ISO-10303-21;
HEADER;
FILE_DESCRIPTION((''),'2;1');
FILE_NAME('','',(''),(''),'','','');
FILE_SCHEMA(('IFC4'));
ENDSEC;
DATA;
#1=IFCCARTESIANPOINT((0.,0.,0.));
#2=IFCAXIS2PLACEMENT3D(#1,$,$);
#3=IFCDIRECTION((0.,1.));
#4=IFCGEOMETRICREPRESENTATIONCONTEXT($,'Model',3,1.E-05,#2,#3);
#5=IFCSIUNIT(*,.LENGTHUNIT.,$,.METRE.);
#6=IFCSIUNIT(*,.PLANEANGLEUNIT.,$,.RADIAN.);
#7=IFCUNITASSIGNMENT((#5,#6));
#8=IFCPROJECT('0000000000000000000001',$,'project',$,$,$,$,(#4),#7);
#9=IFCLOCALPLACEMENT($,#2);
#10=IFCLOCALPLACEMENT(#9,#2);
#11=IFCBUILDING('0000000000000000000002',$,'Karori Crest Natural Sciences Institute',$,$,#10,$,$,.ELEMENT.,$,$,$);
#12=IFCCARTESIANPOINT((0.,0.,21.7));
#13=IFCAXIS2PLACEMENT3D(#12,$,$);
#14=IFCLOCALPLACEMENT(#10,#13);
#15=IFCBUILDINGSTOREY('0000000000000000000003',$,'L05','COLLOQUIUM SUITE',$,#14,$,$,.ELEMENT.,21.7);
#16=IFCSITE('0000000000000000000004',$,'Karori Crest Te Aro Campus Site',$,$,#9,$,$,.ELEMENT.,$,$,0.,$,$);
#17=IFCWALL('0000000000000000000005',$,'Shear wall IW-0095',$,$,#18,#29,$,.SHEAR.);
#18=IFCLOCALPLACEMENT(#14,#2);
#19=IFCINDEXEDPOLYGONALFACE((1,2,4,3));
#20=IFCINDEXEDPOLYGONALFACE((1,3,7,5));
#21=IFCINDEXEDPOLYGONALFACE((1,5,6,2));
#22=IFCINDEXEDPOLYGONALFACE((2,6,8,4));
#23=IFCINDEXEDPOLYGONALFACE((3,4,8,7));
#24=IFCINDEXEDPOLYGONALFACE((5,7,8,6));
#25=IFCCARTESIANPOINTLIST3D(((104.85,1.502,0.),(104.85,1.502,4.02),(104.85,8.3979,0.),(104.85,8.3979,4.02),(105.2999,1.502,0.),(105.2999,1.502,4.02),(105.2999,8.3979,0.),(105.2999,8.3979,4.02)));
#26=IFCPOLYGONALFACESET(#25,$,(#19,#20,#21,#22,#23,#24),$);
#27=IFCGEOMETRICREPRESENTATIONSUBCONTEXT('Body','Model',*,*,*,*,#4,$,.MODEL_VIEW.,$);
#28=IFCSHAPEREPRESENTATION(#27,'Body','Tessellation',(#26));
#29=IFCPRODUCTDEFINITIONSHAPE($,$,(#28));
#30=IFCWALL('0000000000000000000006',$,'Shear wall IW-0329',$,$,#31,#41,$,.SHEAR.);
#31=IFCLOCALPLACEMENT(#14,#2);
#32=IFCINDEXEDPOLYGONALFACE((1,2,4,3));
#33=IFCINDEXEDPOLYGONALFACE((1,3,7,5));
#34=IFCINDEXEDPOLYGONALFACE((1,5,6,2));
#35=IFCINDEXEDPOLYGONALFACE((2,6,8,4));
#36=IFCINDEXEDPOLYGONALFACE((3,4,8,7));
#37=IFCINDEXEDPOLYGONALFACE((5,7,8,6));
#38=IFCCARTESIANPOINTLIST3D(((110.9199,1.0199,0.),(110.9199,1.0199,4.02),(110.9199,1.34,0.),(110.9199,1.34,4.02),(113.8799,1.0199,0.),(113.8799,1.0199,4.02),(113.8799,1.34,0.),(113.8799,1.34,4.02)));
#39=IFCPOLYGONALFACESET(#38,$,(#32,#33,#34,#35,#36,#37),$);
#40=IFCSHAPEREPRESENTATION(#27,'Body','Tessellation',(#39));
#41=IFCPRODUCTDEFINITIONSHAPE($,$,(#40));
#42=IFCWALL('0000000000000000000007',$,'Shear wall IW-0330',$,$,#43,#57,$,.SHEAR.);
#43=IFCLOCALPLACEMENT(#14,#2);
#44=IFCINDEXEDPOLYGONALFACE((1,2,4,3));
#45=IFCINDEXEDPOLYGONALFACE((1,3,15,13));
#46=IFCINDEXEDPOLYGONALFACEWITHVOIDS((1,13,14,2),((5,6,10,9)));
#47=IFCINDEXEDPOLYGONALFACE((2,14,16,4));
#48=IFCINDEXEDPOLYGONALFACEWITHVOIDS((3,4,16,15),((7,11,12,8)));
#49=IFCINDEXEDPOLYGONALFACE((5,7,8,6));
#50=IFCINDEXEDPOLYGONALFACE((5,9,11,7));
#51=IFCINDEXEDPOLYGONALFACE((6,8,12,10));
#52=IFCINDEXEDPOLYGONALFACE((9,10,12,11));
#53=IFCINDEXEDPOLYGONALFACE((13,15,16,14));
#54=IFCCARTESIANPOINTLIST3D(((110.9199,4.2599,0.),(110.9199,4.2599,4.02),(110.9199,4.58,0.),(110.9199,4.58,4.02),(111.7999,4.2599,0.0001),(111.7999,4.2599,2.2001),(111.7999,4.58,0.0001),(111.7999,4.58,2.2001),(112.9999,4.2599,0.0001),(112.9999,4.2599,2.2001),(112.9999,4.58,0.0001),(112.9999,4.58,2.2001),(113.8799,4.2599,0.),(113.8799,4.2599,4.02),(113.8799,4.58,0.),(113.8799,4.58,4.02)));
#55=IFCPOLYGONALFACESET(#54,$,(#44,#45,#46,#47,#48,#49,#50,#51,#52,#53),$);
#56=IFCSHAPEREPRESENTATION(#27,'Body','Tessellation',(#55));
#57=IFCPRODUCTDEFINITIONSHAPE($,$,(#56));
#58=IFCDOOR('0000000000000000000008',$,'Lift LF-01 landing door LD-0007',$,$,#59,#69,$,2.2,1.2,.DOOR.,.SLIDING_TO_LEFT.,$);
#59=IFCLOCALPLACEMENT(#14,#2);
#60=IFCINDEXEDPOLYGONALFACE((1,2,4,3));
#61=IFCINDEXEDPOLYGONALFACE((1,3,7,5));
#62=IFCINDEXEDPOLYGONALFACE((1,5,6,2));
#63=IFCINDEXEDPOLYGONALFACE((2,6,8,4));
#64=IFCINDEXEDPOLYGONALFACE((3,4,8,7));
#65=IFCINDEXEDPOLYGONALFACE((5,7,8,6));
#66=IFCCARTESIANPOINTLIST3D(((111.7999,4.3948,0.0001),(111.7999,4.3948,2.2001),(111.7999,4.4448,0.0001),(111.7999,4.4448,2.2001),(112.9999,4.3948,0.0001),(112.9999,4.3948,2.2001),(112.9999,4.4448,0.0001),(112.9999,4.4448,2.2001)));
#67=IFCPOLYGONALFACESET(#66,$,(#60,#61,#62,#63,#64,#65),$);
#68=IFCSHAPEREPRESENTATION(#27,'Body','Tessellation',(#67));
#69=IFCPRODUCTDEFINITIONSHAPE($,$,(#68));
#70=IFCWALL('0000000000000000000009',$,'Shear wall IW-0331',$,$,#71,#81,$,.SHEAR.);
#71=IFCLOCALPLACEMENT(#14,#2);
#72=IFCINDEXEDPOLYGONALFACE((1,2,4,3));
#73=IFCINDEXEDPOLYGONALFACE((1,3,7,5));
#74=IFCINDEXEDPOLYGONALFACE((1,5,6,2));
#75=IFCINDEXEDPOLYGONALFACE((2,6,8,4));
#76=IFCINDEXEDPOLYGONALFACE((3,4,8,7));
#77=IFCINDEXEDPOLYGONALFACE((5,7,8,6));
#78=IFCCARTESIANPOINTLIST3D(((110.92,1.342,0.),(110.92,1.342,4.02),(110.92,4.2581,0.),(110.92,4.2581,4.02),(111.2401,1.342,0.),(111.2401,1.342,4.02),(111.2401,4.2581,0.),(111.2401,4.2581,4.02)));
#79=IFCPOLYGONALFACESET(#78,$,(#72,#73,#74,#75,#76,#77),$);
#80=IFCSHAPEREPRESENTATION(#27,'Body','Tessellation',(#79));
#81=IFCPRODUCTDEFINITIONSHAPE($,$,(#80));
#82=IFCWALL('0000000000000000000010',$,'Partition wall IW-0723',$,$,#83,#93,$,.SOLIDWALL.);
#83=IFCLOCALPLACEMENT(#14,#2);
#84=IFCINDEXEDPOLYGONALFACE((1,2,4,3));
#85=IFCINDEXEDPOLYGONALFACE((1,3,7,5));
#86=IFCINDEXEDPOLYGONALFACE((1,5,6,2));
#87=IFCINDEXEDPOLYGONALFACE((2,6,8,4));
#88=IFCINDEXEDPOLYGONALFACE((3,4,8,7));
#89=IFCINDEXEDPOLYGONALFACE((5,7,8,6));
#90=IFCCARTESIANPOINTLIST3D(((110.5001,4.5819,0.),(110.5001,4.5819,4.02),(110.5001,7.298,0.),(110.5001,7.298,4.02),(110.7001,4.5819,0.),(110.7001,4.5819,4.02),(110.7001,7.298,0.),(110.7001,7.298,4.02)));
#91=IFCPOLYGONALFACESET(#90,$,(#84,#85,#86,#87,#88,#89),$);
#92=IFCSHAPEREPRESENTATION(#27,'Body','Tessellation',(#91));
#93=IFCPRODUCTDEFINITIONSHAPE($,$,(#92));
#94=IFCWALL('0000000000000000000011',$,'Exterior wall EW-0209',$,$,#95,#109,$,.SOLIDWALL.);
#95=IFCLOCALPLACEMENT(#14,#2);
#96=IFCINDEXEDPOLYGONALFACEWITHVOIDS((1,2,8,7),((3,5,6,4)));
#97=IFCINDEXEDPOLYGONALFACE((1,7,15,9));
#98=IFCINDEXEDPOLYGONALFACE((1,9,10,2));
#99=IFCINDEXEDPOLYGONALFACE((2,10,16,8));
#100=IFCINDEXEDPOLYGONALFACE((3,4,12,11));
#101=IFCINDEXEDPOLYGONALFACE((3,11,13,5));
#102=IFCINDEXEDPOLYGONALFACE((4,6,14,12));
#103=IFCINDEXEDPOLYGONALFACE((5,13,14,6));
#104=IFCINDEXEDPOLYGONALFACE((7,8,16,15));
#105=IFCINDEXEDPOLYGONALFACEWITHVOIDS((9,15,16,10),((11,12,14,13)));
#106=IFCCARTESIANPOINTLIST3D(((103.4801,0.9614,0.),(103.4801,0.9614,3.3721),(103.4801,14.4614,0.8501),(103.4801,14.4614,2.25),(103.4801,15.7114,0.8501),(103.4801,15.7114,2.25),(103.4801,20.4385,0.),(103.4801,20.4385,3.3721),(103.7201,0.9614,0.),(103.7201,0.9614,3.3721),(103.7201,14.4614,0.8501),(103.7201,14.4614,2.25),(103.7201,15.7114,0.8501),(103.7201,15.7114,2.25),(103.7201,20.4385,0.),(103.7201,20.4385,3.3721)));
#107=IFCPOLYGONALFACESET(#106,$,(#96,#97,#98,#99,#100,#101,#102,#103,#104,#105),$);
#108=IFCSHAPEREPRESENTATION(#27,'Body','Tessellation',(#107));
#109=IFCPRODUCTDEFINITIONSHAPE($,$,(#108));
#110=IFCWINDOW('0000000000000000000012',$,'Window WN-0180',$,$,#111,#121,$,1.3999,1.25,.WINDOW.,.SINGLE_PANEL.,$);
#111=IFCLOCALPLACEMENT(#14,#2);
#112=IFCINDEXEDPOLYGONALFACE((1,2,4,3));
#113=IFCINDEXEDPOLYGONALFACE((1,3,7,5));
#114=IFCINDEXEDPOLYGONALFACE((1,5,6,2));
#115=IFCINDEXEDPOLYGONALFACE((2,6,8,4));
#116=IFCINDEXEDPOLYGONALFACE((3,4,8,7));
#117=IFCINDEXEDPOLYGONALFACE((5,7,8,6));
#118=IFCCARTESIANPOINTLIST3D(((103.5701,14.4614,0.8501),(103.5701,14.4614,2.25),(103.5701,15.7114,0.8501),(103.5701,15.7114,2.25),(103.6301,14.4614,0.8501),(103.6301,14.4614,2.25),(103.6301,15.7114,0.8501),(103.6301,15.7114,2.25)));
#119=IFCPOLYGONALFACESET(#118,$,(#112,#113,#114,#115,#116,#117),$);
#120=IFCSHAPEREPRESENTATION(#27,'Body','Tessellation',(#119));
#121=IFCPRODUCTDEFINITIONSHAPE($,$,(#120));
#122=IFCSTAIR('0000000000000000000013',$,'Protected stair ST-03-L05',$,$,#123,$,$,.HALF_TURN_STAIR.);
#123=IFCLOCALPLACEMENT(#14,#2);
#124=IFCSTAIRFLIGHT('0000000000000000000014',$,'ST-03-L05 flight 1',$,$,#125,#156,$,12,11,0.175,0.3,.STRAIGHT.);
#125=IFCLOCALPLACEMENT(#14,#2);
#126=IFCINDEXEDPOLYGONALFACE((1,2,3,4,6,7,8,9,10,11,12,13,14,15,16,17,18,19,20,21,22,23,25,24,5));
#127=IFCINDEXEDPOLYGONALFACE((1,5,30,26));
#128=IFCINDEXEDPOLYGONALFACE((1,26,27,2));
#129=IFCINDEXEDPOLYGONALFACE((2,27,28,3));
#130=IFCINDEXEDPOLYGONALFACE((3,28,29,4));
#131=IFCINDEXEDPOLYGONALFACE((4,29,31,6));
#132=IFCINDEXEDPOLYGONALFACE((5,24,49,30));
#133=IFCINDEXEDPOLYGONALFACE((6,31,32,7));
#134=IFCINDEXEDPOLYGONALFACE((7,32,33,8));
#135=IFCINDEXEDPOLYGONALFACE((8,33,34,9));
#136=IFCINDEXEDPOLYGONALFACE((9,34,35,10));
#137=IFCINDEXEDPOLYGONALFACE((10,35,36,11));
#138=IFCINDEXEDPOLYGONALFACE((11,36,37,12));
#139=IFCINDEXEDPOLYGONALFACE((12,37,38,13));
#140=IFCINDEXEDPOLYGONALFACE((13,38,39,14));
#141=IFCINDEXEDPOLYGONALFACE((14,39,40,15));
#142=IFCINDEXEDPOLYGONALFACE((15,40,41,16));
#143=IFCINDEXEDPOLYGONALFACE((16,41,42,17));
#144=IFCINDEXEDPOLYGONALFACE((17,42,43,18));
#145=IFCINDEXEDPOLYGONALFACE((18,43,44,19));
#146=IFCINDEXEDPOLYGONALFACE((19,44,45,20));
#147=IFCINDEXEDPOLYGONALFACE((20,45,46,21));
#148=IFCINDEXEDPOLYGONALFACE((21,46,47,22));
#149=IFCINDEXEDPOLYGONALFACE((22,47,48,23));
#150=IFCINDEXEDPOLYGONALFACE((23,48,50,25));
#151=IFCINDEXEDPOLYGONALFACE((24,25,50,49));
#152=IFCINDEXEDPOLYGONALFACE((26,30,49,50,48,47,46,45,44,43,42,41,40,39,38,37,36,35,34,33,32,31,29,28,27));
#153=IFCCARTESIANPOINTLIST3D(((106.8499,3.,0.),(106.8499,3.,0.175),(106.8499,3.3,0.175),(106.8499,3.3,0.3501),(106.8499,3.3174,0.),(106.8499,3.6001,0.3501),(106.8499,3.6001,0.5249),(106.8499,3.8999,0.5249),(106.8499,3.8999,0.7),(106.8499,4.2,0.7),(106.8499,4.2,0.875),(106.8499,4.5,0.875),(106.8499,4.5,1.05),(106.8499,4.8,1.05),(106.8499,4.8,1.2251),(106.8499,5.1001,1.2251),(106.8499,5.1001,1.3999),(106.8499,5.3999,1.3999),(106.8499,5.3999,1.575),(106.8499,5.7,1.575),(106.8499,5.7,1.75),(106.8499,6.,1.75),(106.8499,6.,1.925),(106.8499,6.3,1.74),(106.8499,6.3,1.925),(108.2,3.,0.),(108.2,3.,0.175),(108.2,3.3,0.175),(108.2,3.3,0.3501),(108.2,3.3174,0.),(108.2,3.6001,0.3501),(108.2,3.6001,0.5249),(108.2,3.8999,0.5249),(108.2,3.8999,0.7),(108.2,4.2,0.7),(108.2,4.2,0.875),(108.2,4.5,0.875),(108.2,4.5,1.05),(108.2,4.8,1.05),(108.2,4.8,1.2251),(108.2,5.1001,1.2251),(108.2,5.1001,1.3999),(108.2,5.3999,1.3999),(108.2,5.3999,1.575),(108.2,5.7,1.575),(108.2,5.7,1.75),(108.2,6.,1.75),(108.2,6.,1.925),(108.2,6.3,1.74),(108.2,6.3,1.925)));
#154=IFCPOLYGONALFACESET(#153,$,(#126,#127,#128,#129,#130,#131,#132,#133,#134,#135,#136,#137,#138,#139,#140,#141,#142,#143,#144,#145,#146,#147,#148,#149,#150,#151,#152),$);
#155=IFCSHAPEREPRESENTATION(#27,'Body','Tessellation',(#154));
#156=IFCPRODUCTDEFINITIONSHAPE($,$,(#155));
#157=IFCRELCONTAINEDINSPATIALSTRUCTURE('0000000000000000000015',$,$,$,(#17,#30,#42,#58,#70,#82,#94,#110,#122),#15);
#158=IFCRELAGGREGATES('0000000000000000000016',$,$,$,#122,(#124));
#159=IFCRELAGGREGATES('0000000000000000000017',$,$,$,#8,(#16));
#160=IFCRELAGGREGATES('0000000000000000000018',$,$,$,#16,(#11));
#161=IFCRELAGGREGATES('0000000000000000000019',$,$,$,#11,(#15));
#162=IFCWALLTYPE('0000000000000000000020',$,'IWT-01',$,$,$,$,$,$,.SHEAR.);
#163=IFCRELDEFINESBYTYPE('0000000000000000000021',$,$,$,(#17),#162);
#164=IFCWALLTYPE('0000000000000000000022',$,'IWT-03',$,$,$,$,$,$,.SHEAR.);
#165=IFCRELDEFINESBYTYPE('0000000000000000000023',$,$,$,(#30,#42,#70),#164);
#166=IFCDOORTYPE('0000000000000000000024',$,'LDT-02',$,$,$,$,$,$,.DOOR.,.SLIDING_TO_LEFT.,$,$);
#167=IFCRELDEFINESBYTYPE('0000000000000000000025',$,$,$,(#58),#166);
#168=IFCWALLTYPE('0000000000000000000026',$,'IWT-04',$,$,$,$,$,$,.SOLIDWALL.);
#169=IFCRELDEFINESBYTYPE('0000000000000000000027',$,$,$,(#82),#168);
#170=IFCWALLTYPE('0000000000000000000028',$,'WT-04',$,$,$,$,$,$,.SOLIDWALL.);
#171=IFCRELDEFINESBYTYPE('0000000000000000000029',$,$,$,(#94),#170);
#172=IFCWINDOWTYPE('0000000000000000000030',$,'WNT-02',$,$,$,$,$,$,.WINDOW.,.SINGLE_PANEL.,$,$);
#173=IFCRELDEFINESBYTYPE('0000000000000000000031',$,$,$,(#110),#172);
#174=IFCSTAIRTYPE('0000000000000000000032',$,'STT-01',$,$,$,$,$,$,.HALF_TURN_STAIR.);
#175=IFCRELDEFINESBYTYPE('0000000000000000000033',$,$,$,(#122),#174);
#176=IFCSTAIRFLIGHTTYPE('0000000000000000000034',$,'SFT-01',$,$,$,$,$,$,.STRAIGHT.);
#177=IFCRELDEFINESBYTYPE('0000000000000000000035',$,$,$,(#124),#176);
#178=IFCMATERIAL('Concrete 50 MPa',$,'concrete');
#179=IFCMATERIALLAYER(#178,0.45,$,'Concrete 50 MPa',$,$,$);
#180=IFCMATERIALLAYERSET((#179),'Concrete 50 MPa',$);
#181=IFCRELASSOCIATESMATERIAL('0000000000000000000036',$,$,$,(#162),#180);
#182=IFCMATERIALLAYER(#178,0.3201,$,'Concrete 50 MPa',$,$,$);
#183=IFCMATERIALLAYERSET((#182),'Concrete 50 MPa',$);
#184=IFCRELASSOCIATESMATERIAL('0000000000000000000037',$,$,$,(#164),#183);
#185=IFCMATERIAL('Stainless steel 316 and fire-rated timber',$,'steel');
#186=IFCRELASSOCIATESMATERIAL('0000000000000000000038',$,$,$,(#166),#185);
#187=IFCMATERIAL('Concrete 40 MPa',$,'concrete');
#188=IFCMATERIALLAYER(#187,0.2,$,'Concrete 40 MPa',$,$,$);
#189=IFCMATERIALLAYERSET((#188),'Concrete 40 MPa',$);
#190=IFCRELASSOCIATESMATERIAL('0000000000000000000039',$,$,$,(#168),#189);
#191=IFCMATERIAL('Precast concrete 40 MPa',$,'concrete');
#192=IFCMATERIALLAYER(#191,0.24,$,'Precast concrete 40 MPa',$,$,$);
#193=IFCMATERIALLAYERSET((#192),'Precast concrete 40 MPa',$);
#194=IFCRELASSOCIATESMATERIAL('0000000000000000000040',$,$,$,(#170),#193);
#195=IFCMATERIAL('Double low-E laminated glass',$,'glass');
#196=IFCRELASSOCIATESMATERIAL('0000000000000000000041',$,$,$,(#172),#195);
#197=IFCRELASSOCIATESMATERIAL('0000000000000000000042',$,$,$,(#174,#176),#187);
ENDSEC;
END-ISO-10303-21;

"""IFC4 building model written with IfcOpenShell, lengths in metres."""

from ifc_helpers import new_model, si_unit, direction, frame, frame_2d, origin, place, context, subcontext, project, spatial, polyline, rectangle, outline, extrude, material, layer, layer_set, type_object, element, fill, aggregate, save


model = new_model("IFC4")

# Units and contexts
model_context = context("Model", 3, precision=1e-05, world=origin(), true_north=direction((0.0, 1.0)))
body_context = subcontext(model_context, "Body", "Model", "MODEL_VIEW")
ifc_project = project(units=[si_unit("LENGTHUNIT", "METRE"), si_unit("PLANEANGLEUNIT", "RADIAN")], contexts=[model_context])

# Site, building, storey
site_placement = place(None, origin())
site = spatial("IfcSite", under=ifc_project, at=site_placement, Name="Karori Crest Te Aro Campus Site", CompositionType="ELEMENT", RefElevation=0.0)
building_placement = place(site_placement, origin())
building = spatial("IfcBuilding", under=site, at=building_placement, Name="Karori Crest Natural Sciences Institute", CompositionType="ELEMENT")
storey_placement = place(building_placement, frame((0.0, 0.0, 21.7)))
storey = spatial("IfcBuildingStorey", under=building, at=storey_placement, Name="L05", Description="COLLOQUIUM SUITE", CompositionType="ELEMENT", Elevation=21.7)

# Wall
ifc_material_1 = material(Name="Concrete 50 MPa", Category="concrete")
ifc_layer_1 = layer(ifc_material_1, 0.45, Name="Concrete 50 MPa")
ifc_layer_set_1 = layer_set([ifc_layer_1], Name="Concrete 50 MPa")
wall_type_1 = type_object("IfcWallType", Name="IWT-01", PredefinedType="SHEAR", material=ifc_layer_set_1)
wall_1_placement = place(storey_placement, frame((105.075, 1.502, 0.0), z_axis=(0.0, 0.0, 1.0), x_axis=(0.0, 1.0, 0.0)))
element("IfcWall", 1, at=wall_1_placement, inside=storey, type_object=wall_type_1, Name="Shear wall IW-0095", PredefinedType="SHEAR", context=body_context, shape_type="SweptSolid", body=[
    extrude(rectangle(XDim=6.896, YDim=0.45, at=frame_2d((3.448, 0.0))), origin(), (0.0, 0.0, 1.0), 4.02),
])

# Shared definitions
ifc_material_2 = material(Name="Stainless steel 316 and fire-rated timber", Category="steel")

# Wall
ifc_layer_2 = layer(ifc_material_1, 0.3201, Name="Concrete 50 MPa")
ifc_layer_set_2 = layer_set([ifc_layer_2], Name="Concrete 50 MPa")
wall_type_2 = type_object("IfcWallType", Name="IWT-03", PredefinedType="SHEAR", material=ifc_layer_set_2)
wall_2_placement = place(storey_placement, frame((110.9199, 1.1799, 0.0), z_axis=(0.0, 0.0, 1.0), x_axis=(1.0, 0.0, 0.0)))
element("IfcWall", 2, at=wall_2_placement, inside=storey, type_object=wall_type_2, Name="Shear wall IW-0329", PredefinedType="SHEAR", context=body_context, shape_type="SweptSolid", body=[
    extrude(rectangle(XDim=2.96, YDim=0.3201, at=frame_2d((1.48, 0.0))), origin(), (0.0, 0.0, 1.0), 4.02),
])

# Wall, opening, door
wall_3_placement = place(storey_placement, frame((110.9199, 4.4199, 0.0), z_axis=(0.0, 0.0, 1.0), x_axis=(1.0, 0.0, 0.0)))
wall_3 = element("IfcWall", 3, at=wall_3_placement, inside=storey, type_object=wall_type_2, Name="Shear wall IW-0330", PredefinedType="SHEAR", context=body_context, shape_type="SweptSolid", body=[
    extrude(rectangle(XDim=2.96, YDim=0.3201, at=frame_2d((1.48, 0.0))), origin(), (0.0, 0.0, 1.0), 4.02),
])
opening_1_placement = place(wall_3_placement, frame((0.8799, 0.0, 0.0)))
opening_1 = element("IfcOpeningElement", 4, at=opening_1_placement, cuts=wall_3, PredefinedType="OPENING", context=body_context, shape_type="SweptSolid", body=[
    extrude(rectangle(XDim=1.2, YDim=2.2, at=frame_2d((0.6001, 1.1001))), frame((0.0, 0.1699, 0.0), z_axis=(0.0, -1.0, 0.0), x_axis=(1.0, 0.0, 0.0)), (0.0, 0.0, 1.0), 0.3401),
])
door_type_1 = type_object("IfcDoorType", Name="LDT-02", OperationType="SLIDING_TO_LEFT", PredefinedType="DOOR", material=ifc_material_2)
door_1_placement = place(opening_1_placement, origin())
door_1 = element("IfcDoor", 5, at=door_1_placement, inside=storey, type_object=door_type_1, Name="Lift LF-01 landing door LD-0007", OperationType="SLIDING_TO_LEFT", OverallHeight=2.2, OverallWidth=1.2, PredefinedType="DOOR", context=body_context, shape_type="SweptSolid", body=[
    extrude(rectangle(XDim=1.2, YDim=2.2, at=frame_2d((0.6001, 1.1001))), frame((0.0, 0.0249, 0.0), z_axis=(0.0, -1.0, 0.0), x_axis=(1.0, 0.0, 0.0)), (0.0, 0.0, 1.0), 0.05),
])
fill(opening_1, door_1)

# Wall
wall_4_placement = place(storey_placement, frame((111.0801, 1.342, 0.0), z_axis=(0.0, 0.0, 1.0), x_axis=(0.0, 1.0, 0.0)))
element("IfcWall", 6, at=wall_4_placement, inside=storey, type_object=wall_type_2, Name="Shear wall IW-0331", PredefinedType="SHEAR", context=body_context, shape_type="SweptSolid", body=[
    extrude(rectangle(XDim=2.916, YDim=0.3201, at=frame_2d((1.458, 0.0))), origin(), (0.0, 0.0, 1.0), 4.02),
])

# Shared definitions
ifc_material_3 = material(Name="Concrete 40 MPa", Category="concrete")
ifc_layer_3 = layer(ifc_material_3, 0.2, Name="Concrete 40 MPa")
ifc_layer_set_3 = layer_set([ifc_layer_3], Name="Concrete 40 MPa")
wall_type_3 = type_object("IfcWallType", Name="IWT-04", PredefinedType="SOLIDWALL", material=ifc_layer_set_3)

# Wall
wall_5_placement = place(storey_placement, frame((110.6001, 4.582, 0.0), z_axis=(0.0, 0.0, 1.0), x_axis=(0.0, 1.0, 0.0)))
element("IfcWall", 7, at=wall_5_placement, inside=storey, type_object=wall_type_3, Name="Partition wall IW-0723", PredefinedType="SOLIDWALL", context=body_context, shape_type="SweptSolid", body=[
    extrude(rectangle(XDim=2.7161, YDim=0.2, at=frame_2d((1.3579, 0.0))), origin(), (0.0, 0.0, 1.0), 4.02),
])

# Wall, opening, window
ifc_material_4 = material(Name="Precast concrete 40 MPa", Category="concrete")
ifc_layer_4 = layer(ifc_material_4, 0.24, Name="Precast concrete 40 MPa")
ifc_layer_set_4 = layer_set([ifc_layer_4], Name="Precast concrete 40 MPa")
wall_type_4 = type_object("IfcWallType", Name="WT-04", PredefinedType="SOLIDWALL", material=ifc_layer_set_4)
wall_6_placement = place(storey_placement, frame((103.6001, 0.9614, 0.0), z_axis=(0.0, 0.0, 1.0), x_axis=(0.0, 1.0, 0.0)))
wall_6 = element("IfcWall", 8, at=wall_6_placement, inside=storey, type_object=wall_type_4, Name="Exterior wall EW-0209", PredefinedType="SOLIDWALL", context=body_context, shape_type="SweptSolid", body=[
    extrude(rectangle(XDim=19.4771, YDim=0.24, at=frame_2d((9.7385, 0.0))), origin(), (0.0, 0.0, 1.0), 3.3721),
])
opening_2_placement = place(wall_6_placement, frame((13.5, 0.0, 0.8501)))
opening_2 = element("IfcOpeningElement", 9, at=opening_2_placement, cuts=wall_6, PredefinedType="OPENING", context=body_context, shape_type="SweptSolid", body=[
    extrude(rectangle(XDim=1.25, YDim=1.3999, at=frame_2d((0.625, 0.7))), frame((0.0, 0.1299, 0.0), z_axis=(0.0, -1.0, 0.0), x_axis=(1.0, 0.0, 0.0)), (0.0, 0.0, 1.0), 0.26),
])
ifc_material_5 = material(Name="Double low-E laminated glass", Category="glass")
window_type = type_object("IfcWindowType", Name="WNT-02", PartitioningType="SINGLE_PANEL", PredefinedType="WINDOW", material=ifc_material_5)
window_placement = place(opening_2_placement, origin())
window = element("IfcWindow", 10, at=window_placement, inside=storey, type_object=window_type, Name="Window WN-0180", OverallHeight=1.3999, OverallWidth=1.25, PartitioningType="SINGLE_PANEL", PredefinedType="WINDOW", context=body_context, shape_type="SweptSolid", body=[
    extrude(rectangle(XDim=1.25, YDim=1.3999, at=frame_2d((0.625, 0.7))), frame((0.0, 0.03, 0.0), z_axis=(0.0, -1.0, 0.0), x_axis=(1.0, 0.0, 0.0)), (0.0, 0.0, 1.0), 0.0601),
])
fill(opening_2, window)

# Stair, stair flight
stair_type = type_object("IfcStairType", Name="STT-01", PredefinedType="HALF_TURN_STAIR", material=ifc_material_3)
stair_placement = place(storey_placement, origin())
stair = element("IfcStair", 11, at=stair_placement, inside=storey, type_object=stair_type, Name="Protected stair ST-03-L05", PredefinedType="HALF_TURN_STAIR")
stair_flight_type = type_object("IfcStairFlightType", Name="SFT-01", PredefinedType="STRAIGHT", material=ifc_material_3)
stair_flight_1_placement = place(storey_placement, frame((107.5249, 3.0, 0.0), z_axis=(0.0, 0.0, 1.0), x_axis=(0.0, 1.0, 0.0)))
stair_flight_1 = element("IfcStairFlight", 12, at=stair_flight_1_placement, type_object=stair_flight_type, Name="ST-03-L05 flight 1", NumberOfRisers=12, NumberOfTreads=11, PredefinedType="STRAIGHT", RiserHeight=0.175, TreadLength=0.3, context=body_context, shape_type="SweptSolid", body=[
    extrude(outline(polyline([(0.0, 0.0), (0.0, 0.175), (0.3, 0.175), (0.3, 0.3501), (0.6001, 0.3501), (0.6001, 0.5249), (0.8999, 0.5249), (0.8999, 0.7), (1.2, 0.7), (1.2, 0.875), (1.5, 0.875), (1.5, 1.05), (1.8, 1.05), (1.8, 1.2251), (2.1001, 1.2251), (2.1001, 1.3999), (2.3999, 1.3999), (2.3999, 1.575), (2.7, 1.575), (2.7, 1.75), (3.0, 1.75), (3.0, 1.925), (3.3, 1.925), (3.3, 2.1001), (3.3, 1.74), (0.3174, 0.0), (0.0, 0.0)])), frame((0.0, 0.675, 0.0), z_axis=(0.0, -1.0, 0.0), x_axis=(1.0, 0.0, 0.0)), (0.0, 0.0, 1.0), 1.3501),
])
aggregate(stair, [stair_flight_1])

save(model, "model.ifc")
